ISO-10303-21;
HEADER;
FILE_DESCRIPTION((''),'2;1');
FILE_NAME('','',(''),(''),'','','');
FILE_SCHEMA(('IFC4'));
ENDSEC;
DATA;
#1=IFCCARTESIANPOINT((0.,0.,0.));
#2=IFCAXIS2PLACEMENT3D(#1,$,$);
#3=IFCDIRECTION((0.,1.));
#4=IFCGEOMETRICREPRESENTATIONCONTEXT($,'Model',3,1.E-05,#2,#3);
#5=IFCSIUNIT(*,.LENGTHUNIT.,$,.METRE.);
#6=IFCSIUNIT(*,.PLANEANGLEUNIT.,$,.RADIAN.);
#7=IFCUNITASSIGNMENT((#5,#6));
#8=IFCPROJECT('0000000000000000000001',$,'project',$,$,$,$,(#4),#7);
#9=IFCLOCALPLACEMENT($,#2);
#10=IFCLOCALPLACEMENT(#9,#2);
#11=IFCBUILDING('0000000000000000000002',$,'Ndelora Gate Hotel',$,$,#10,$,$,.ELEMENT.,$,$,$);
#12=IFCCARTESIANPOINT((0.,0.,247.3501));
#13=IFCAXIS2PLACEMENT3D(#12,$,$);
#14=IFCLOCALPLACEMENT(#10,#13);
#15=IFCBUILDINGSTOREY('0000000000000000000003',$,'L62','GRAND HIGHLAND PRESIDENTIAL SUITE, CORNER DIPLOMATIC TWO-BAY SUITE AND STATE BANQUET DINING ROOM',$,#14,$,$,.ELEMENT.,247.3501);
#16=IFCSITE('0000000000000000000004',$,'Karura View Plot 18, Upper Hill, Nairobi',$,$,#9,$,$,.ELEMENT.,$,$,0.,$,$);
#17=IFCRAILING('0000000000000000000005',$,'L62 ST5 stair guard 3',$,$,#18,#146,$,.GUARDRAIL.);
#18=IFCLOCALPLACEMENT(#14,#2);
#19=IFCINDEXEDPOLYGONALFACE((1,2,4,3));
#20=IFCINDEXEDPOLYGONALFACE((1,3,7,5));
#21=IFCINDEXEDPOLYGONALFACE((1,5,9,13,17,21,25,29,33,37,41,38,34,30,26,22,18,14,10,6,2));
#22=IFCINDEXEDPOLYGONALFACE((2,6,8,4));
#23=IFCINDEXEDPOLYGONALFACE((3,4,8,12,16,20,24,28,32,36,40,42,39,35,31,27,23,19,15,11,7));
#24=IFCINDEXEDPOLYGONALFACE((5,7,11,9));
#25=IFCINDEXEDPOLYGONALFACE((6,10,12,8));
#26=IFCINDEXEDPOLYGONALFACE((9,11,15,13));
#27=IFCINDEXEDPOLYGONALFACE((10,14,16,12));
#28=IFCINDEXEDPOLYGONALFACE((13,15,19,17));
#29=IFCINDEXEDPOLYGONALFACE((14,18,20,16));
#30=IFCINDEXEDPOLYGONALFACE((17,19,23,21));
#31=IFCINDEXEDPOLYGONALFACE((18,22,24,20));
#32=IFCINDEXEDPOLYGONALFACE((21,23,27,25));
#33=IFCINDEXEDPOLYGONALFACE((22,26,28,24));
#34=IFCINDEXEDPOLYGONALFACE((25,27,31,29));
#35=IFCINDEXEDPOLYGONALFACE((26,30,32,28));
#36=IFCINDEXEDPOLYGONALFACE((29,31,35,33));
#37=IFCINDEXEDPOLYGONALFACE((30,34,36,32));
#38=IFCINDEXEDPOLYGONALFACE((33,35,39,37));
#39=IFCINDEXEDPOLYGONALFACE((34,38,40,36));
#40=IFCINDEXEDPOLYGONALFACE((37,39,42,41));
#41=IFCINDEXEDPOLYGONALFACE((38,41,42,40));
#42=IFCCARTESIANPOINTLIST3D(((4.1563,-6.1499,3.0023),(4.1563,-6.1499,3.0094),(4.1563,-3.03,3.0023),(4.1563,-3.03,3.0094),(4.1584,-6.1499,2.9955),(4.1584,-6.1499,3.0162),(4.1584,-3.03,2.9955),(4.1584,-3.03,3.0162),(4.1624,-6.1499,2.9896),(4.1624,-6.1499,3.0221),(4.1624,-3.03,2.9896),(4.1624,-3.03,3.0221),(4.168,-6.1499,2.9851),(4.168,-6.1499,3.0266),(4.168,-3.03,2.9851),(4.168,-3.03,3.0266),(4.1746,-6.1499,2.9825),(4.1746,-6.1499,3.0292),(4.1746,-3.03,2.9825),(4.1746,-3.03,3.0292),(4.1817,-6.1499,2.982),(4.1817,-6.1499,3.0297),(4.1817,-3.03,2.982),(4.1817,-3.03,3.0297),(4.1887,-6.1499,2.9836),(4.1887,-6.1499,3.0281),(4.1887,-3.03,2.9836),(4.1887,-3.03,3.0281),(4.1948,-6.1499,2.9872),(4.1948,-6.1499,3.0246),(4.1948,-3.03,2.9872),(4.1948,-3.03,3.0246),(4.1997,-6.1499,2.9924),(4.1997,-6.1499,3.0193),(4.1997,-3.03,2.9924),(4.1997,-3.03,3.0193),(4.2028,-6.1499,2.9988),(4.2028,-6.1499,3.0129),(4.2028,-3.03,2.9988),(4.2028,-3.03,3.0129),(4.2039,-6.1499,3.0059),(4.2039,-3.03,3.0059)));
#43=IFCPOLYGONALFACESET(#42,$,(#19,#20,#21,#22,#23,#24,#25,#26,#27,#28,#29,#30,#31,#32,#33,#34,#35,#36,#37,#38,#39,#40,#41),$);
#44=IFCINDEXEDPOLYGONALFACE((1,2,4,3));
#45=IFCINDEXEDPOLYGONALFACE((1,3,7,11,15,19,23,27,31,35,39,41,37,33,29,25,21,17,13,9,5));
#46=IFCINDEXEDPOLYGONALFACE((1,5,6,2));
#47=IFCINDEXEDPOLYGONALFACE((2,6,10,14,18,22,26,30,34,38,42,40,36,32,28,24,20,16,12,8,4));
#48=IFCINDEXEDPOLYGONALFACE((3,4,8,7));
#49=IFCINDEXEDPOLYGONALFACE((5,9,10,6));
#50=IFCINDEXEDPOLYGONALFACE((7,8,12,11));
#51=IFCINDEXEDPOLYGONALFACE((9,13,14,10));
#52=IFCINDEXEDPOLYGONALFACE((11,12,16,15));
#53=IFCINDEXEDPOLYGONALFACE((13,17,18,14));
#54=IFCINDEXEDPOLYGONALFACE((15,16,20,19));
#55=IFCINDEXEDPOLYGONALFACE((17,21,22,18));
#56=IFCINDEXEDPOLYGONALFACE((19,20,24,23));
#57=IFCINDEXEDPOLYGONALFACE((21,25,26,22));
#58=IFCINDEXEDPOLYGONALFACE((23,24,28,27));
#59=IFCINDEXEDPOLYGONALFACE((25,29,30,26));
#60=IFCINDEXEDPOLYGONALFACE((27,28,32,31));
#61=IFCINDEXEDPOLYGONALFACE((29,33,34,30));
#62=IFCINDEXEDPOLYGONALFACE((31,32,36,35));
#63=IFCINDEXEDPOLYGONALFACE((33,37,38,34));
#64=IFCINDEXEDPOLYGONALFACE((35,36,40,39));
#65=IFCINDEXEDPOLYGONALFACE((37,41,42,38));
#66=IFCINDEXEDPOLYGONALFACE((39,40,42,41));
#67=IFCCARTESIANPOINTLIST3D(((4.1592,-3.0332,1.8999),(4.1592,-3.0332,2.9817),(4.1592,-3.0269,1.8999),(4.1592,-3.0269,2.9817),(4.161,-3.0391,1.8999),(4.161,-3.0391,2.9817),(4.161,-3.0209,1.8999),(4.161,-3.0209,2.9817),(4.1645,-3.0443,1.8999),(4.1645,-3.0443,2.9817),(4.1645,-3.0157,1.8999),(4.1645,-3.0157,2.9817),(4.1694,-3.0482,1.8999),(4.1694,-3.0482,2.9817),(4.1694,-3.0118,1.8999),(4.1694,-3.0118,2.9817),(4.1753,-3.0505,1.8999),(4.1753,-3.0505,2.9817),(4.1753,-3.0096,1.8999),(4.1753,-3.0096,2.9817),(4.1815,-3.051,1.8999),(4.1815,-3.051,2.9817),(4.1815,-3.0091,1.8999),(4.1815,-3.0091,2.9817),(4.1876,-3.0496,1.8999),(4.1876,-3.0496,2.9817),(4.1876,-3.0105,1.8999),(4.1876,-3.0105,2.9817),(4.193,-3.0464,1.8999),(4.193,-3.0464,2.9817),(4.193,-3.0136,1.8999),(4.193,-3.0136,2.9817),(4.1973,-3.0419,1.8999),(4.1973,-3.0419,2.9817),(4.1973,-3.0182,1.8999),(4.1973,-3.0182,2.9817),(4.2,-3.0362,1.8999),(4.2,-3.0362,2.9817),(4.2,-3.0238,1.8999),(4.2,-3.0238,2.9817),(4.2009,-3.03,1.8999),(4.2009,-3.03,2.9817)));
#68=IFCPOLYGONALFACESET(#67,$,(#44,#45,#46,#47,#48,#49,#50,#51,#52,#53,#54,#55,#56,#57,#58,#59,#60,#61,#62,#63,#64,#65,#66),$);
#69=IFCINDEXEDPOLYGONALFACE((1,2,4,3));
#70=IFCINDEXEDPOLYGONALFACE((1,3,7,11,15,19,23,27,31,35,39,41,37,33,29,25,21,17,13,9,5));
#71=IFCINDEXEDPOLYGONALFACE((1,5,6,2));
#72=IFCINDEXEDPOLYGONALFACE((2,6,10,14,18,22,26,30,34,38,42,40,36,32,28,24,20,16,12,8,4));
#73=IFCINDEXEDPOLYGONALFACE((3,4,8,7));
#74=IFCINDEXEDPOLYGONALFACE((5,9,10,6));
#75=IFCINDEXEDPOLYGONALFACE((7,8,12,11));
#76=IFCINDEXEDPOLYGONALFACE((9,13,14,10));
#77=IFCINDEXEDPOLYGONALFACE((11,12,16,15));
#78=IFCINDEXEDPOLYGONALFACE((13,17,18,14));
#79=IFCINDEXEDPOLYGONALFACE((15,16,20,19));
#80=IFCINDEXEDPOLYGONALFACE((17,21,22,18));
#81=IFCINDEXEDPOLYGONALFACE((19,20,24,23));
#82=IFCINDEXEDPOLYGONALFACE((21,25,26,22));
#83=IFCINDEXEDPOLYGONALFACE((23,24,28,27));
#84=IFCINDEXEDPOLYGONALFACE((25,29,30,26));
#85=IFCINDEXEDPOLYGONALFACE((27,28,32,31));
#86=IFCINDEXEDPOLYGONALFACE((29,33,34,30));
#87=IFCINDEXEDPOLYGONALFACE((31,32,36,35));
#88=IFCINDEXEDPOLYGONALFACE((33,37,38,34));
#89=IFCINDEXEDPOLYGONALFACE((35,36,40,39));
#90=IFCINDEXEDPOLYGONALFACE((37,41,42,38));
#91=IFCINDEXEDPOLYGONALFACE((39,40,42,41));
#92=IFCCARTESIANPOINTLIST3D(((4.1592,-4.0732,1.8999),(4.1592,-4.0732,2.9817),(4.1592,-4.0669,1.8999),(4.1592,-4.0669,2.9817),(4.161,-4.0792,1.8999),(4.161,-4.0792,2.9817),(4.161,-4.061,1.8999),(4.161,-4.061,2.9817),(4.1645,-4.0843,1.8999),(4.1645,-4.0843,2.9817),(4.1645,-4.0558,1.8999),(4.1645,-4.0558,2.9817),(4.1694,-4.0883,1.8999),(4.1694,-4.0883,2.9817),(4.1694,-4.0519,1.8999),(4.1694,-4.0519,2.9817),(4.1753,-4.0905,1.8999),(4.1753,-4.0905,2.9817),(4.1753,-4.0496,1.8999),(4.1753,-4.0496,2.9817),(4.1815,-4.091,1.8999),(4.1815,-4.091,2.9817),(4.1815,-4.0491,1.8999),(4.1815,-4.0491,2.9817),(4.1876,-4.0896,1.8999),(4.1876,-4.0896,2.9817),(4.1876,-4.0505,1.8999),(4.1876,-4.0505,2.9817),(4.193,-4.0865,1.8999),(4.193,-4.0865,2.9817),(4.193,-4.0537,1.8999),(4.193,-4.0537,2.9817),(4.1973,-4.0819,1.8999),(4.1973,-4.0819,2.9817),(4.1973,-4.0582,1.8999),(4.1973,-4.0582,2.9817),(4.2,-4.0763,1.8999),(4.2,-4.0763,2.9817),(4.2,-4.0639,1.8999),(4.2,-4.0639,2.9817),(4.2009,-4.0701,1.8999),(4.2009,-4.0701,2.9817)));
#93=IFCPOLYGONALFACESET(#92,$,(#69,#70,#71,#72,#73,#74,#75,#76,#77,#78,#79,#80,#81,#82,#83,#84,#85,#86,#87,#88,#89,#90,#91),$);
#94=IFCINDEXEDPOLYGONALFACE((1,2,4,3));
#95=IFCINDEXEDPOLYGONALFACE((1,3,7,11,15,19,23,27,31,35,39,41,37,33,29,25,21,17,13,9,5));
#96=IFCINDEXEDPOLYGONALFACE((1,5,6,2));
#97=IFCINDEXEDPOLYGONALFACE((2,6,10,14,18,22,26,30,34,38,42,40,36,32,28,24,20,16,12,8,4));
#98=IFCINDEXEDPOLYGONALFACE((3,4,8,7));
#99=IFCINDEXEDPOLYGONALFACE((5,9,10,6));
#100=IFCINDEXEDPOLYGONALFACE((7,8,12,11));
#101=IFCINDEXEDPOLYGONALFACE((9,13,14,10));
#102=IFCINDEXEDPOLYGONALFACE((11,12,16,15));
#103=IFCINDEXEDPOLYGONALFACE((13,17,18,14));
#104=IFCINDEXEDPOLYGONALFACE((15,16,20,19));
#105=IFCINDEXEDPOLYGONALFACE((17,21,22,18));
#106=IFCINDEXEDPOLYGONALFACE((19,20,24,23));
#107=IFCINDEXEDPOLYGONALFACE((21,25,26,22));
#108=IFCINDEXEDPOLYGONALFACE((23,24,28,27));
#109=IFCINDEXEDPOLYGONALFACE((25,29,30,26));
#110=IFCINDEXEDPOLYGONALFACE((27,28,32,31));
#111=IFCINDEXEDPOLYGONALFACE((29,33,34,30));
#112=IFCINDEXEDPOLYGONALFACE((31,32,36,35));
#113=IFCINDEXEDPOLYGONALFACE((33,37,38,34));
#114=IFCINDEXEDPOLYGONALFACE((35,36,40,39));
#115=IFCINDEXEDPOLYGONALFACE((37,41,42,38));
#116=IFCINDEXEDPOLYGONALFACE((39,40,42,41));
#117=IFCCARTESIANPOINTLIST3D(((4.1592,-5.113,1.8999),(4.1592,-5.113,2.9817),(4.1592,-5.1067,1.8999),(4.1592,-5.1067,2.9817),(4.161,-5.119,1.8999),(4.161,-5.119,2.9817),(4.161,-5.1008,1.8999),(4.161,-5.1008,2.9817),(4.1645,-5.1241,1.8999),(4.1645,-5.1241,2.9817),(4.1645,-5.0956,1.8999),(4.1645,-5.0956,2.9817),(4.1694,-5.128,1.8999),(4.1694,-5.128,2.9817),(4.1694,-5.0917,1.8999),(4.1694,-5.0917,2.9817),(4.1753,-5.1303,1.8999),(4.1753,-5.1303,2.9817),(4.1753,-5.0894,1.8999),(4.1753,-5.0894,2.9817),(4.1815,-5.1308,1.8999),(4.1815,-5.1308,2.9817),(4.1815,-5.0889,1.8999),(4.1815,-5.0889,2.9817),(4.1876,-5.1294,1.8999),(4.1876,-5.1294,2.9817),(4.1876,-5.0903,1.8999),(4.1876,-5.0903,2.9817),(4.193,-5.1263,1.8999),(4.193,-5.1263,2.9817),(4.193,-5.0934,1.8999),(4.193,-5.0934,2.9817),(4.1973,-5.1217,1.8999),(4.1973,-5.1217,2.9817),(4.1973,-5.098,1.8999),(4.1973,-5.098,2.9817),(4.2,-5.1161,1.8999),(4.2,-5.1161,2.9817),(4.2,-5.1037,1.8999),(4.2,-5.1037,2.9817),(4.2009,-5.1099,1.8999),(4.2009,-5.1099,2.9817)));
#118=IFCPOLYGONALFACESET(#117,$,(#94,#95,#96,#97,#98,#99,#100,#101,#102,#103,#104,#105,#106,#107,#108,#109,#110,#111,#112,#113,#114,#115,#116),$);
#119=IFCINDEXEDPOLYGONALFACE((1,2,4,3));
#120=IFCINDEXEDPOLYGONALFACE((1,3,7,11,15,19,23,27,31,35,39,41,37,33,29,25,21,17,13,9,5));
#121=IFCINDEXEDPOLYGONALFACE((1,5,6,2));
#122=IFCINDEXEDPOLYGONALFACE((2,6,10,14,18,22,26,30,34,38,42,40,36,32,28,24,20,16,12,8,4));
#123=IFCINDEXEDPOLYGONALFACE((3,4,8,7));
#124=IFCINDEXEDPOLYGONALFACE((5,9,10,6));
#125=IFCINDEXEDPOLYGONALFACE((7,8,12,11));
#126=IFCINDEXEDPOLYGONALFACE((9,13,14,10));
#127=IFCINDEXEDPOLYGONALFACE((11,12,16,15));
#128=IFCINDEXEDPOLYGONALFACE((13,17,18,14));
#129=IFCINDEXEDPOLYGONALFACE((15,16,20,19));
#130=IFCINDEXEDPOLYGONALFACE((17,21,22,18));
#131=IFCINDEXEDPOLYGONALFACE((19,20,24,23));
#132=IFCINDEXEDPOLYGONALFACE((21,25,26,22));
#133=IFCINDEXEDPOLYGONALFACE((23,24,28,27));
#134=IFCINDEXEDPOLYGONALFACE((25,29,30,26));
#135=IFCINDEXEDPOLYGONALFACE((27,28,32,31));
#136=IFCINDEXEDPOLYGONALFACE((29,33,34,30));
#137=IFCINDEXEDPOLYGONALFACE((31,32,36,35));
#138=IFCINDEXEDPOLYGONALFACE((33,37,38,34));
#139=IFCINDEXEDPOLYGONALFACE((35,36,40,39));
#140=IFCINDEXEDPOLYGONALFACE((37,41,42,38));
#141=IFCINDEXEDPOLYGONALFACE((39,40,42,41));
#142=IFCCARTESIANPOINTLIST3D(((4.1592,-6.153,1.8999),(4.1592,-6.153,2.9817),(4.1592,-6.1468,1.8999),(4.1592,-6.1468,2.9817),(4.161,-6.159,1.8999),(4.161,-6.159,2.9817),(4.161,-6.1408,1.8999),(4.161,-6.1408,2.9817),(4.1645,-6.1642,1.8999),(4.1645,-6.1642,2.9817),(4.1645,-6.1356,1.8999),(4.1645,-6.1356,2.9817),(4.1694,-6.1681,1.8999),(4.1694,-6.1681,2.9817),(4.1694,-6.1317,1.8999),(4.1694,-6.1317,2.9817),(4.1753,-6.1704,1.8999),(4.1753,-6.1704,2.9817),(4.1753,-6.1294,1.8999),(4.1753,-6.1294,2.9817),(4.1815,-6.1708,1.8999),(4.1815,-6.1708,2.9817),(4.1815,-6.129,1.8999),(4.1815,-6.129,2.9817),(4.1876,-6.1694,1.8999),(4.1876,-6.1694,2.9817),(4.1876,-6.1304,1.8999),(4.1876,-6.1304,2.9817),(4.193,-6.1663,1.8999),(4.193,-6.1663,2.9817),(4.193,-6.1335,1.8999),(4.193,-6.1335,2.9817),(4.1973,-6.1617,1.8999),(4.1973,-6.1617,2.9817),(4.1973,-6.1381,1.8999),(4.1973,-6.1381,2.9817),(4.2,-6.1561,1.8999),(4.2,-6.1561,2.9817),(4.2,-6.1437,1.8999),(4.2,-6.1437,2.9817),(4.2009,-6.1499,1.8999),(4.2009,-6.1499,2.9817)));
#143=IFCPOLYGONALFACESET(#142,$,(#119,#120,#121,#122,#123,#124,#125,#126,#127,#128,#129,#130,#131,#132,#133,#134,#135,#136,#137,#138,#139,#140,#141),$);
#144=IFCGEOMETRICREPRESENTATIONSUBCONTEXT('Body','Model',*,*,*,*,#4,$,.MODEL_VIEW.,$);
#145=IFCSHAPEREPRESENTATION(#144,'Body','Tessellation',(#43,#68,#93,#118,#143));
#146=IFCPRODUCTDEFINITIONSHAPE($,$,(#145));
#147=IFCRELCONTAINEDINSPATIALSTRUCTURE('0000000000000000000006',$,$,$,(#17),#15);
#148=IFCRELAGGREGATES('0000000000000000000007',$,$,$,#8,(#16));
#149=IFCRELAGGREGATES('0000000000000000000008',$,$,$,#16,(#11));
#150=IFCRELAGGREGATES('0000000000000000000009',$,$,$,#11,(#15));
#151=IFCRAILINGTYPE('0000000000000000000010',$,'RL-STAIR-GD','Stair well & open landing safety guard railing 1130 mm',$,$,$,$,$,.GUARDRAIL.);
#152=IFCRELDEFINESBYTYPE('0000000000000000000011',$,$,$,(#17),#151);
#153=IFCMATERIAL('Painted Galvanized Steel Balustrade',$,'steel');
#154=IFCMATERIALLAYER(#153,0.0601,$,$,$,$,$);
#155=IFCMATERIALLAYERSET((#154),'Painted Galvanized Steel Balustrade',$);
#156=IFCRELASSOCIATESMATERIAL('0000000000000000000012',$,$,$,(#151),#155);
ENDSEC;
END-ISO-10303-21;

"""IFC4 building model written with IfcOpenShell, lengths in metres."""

from ifc_helpers import new_model, si_unit, direction, frame, origin, origin_2d, place, context, subcontext, project, spatial, circle, extrude, material, layer, layer_set, type_object, element, save


model = new_model("IFC4")

# Units and contexts
model_context = context("Model", 3, precision=1e-05, world=origin(), true_north=direction((0.0, 1.0)))
body_context = subcontext(model_context, "Body", "Model", "MODEL_VIEW")
ifc_project = project(units=[si_unit("LENGTHUNIT", "METRE"), si_unit("PLANEANGLEUNIT", "RADIAN")], contexts=[model_context])

# Site, building, storey
site_placement = place(None, origin())
site = spatial("IfcSite", under=ifc_project, at=site_placement, Name="Karura View Plot 18, Upper Hill, Nairobi", CompositionType="ELEMENT", RefElevation=0.0)
building_placement = place(site_placement, origin())
building = spatial("IfcBuilding", under=site, at=building_placement, Name="Ndelora Gate Hotel", CompositionType="ELEMENT")
storey_placement = place(building_placement, frame((0.0, 0.0, 247.3501)))
storey = spatial("IfcBuildingStorey", under=building, at=storey_placement, Name="L62", Description="GRAND HIGHLAND PRESIDENTIAL SUITE, CORNER DIPLOMATIC TWO-BAY SUITE AND STATE BANQUET DINING ROOM", CompositionType="ELEMENT", Elevation=247.3501)

# Railing
ifc_material_1 = material(Name="Painted Galvanized Steel Balustrade", Category="steel")
ifc_layer_1 = layer(ifc_material_1, 0.0601)
ifc_layer_set_1 = layer_set([ifc_layer_1], Name="Painted Galvanized Steel Balustrade")
railing_type_1 = type_object("IfcRailingType", Name="RL-STAIR-GD", Description="Stair well & open landing safety guard railing 1130 mm", PredefinedType="GUARDRAIL", material=ifc_layer_set_1)
for number, where, name in (
    (1, (4.1799, -3.03, 1.8999), "L62 ST5 stair guard 3"),
):
    element("IfcRailing", number, at=place(storey_placement, frame(where)), inside=storey, type_object=railing_type_1, Name=name, PredefinedType="GUARDRAIL", context=body_context, shape_type="SweptSolid", body=[
        extrude(circle(Radius=0.0239, at=origin_2d()), frame((0.0, 0.0, 1.106), z_axis=(0.0, -1.0, 0.0), x_axis=(1.0, 0.0, 0.0)), (0.0, 0.0, 1.0), 3.1199),
        extrude(circle(Radius=0.021, at=origin_2d()), origin(), (0.0, 0.0, 1.0), 1.0818),
        extrude(circle(Radius=0.021, at=origin_2d()), frame((0.0, -1.04, 0.0)), (0.0, 0.0, 1.0), 1.0818),
        extrude(circle(Radius=0.021, at=origin_2d()), frame((0.0, -2.0798, 0.0)), (0.0, 0.0, 1.0), 1.0818),
        extrude(circle(Radius=0.021, at=origin_2d()), frame((0.0, -3.1199, 0.0)), (0.0, 0.0, 1.0), 1.0818),
    ])

save(model, "model.ifc")
